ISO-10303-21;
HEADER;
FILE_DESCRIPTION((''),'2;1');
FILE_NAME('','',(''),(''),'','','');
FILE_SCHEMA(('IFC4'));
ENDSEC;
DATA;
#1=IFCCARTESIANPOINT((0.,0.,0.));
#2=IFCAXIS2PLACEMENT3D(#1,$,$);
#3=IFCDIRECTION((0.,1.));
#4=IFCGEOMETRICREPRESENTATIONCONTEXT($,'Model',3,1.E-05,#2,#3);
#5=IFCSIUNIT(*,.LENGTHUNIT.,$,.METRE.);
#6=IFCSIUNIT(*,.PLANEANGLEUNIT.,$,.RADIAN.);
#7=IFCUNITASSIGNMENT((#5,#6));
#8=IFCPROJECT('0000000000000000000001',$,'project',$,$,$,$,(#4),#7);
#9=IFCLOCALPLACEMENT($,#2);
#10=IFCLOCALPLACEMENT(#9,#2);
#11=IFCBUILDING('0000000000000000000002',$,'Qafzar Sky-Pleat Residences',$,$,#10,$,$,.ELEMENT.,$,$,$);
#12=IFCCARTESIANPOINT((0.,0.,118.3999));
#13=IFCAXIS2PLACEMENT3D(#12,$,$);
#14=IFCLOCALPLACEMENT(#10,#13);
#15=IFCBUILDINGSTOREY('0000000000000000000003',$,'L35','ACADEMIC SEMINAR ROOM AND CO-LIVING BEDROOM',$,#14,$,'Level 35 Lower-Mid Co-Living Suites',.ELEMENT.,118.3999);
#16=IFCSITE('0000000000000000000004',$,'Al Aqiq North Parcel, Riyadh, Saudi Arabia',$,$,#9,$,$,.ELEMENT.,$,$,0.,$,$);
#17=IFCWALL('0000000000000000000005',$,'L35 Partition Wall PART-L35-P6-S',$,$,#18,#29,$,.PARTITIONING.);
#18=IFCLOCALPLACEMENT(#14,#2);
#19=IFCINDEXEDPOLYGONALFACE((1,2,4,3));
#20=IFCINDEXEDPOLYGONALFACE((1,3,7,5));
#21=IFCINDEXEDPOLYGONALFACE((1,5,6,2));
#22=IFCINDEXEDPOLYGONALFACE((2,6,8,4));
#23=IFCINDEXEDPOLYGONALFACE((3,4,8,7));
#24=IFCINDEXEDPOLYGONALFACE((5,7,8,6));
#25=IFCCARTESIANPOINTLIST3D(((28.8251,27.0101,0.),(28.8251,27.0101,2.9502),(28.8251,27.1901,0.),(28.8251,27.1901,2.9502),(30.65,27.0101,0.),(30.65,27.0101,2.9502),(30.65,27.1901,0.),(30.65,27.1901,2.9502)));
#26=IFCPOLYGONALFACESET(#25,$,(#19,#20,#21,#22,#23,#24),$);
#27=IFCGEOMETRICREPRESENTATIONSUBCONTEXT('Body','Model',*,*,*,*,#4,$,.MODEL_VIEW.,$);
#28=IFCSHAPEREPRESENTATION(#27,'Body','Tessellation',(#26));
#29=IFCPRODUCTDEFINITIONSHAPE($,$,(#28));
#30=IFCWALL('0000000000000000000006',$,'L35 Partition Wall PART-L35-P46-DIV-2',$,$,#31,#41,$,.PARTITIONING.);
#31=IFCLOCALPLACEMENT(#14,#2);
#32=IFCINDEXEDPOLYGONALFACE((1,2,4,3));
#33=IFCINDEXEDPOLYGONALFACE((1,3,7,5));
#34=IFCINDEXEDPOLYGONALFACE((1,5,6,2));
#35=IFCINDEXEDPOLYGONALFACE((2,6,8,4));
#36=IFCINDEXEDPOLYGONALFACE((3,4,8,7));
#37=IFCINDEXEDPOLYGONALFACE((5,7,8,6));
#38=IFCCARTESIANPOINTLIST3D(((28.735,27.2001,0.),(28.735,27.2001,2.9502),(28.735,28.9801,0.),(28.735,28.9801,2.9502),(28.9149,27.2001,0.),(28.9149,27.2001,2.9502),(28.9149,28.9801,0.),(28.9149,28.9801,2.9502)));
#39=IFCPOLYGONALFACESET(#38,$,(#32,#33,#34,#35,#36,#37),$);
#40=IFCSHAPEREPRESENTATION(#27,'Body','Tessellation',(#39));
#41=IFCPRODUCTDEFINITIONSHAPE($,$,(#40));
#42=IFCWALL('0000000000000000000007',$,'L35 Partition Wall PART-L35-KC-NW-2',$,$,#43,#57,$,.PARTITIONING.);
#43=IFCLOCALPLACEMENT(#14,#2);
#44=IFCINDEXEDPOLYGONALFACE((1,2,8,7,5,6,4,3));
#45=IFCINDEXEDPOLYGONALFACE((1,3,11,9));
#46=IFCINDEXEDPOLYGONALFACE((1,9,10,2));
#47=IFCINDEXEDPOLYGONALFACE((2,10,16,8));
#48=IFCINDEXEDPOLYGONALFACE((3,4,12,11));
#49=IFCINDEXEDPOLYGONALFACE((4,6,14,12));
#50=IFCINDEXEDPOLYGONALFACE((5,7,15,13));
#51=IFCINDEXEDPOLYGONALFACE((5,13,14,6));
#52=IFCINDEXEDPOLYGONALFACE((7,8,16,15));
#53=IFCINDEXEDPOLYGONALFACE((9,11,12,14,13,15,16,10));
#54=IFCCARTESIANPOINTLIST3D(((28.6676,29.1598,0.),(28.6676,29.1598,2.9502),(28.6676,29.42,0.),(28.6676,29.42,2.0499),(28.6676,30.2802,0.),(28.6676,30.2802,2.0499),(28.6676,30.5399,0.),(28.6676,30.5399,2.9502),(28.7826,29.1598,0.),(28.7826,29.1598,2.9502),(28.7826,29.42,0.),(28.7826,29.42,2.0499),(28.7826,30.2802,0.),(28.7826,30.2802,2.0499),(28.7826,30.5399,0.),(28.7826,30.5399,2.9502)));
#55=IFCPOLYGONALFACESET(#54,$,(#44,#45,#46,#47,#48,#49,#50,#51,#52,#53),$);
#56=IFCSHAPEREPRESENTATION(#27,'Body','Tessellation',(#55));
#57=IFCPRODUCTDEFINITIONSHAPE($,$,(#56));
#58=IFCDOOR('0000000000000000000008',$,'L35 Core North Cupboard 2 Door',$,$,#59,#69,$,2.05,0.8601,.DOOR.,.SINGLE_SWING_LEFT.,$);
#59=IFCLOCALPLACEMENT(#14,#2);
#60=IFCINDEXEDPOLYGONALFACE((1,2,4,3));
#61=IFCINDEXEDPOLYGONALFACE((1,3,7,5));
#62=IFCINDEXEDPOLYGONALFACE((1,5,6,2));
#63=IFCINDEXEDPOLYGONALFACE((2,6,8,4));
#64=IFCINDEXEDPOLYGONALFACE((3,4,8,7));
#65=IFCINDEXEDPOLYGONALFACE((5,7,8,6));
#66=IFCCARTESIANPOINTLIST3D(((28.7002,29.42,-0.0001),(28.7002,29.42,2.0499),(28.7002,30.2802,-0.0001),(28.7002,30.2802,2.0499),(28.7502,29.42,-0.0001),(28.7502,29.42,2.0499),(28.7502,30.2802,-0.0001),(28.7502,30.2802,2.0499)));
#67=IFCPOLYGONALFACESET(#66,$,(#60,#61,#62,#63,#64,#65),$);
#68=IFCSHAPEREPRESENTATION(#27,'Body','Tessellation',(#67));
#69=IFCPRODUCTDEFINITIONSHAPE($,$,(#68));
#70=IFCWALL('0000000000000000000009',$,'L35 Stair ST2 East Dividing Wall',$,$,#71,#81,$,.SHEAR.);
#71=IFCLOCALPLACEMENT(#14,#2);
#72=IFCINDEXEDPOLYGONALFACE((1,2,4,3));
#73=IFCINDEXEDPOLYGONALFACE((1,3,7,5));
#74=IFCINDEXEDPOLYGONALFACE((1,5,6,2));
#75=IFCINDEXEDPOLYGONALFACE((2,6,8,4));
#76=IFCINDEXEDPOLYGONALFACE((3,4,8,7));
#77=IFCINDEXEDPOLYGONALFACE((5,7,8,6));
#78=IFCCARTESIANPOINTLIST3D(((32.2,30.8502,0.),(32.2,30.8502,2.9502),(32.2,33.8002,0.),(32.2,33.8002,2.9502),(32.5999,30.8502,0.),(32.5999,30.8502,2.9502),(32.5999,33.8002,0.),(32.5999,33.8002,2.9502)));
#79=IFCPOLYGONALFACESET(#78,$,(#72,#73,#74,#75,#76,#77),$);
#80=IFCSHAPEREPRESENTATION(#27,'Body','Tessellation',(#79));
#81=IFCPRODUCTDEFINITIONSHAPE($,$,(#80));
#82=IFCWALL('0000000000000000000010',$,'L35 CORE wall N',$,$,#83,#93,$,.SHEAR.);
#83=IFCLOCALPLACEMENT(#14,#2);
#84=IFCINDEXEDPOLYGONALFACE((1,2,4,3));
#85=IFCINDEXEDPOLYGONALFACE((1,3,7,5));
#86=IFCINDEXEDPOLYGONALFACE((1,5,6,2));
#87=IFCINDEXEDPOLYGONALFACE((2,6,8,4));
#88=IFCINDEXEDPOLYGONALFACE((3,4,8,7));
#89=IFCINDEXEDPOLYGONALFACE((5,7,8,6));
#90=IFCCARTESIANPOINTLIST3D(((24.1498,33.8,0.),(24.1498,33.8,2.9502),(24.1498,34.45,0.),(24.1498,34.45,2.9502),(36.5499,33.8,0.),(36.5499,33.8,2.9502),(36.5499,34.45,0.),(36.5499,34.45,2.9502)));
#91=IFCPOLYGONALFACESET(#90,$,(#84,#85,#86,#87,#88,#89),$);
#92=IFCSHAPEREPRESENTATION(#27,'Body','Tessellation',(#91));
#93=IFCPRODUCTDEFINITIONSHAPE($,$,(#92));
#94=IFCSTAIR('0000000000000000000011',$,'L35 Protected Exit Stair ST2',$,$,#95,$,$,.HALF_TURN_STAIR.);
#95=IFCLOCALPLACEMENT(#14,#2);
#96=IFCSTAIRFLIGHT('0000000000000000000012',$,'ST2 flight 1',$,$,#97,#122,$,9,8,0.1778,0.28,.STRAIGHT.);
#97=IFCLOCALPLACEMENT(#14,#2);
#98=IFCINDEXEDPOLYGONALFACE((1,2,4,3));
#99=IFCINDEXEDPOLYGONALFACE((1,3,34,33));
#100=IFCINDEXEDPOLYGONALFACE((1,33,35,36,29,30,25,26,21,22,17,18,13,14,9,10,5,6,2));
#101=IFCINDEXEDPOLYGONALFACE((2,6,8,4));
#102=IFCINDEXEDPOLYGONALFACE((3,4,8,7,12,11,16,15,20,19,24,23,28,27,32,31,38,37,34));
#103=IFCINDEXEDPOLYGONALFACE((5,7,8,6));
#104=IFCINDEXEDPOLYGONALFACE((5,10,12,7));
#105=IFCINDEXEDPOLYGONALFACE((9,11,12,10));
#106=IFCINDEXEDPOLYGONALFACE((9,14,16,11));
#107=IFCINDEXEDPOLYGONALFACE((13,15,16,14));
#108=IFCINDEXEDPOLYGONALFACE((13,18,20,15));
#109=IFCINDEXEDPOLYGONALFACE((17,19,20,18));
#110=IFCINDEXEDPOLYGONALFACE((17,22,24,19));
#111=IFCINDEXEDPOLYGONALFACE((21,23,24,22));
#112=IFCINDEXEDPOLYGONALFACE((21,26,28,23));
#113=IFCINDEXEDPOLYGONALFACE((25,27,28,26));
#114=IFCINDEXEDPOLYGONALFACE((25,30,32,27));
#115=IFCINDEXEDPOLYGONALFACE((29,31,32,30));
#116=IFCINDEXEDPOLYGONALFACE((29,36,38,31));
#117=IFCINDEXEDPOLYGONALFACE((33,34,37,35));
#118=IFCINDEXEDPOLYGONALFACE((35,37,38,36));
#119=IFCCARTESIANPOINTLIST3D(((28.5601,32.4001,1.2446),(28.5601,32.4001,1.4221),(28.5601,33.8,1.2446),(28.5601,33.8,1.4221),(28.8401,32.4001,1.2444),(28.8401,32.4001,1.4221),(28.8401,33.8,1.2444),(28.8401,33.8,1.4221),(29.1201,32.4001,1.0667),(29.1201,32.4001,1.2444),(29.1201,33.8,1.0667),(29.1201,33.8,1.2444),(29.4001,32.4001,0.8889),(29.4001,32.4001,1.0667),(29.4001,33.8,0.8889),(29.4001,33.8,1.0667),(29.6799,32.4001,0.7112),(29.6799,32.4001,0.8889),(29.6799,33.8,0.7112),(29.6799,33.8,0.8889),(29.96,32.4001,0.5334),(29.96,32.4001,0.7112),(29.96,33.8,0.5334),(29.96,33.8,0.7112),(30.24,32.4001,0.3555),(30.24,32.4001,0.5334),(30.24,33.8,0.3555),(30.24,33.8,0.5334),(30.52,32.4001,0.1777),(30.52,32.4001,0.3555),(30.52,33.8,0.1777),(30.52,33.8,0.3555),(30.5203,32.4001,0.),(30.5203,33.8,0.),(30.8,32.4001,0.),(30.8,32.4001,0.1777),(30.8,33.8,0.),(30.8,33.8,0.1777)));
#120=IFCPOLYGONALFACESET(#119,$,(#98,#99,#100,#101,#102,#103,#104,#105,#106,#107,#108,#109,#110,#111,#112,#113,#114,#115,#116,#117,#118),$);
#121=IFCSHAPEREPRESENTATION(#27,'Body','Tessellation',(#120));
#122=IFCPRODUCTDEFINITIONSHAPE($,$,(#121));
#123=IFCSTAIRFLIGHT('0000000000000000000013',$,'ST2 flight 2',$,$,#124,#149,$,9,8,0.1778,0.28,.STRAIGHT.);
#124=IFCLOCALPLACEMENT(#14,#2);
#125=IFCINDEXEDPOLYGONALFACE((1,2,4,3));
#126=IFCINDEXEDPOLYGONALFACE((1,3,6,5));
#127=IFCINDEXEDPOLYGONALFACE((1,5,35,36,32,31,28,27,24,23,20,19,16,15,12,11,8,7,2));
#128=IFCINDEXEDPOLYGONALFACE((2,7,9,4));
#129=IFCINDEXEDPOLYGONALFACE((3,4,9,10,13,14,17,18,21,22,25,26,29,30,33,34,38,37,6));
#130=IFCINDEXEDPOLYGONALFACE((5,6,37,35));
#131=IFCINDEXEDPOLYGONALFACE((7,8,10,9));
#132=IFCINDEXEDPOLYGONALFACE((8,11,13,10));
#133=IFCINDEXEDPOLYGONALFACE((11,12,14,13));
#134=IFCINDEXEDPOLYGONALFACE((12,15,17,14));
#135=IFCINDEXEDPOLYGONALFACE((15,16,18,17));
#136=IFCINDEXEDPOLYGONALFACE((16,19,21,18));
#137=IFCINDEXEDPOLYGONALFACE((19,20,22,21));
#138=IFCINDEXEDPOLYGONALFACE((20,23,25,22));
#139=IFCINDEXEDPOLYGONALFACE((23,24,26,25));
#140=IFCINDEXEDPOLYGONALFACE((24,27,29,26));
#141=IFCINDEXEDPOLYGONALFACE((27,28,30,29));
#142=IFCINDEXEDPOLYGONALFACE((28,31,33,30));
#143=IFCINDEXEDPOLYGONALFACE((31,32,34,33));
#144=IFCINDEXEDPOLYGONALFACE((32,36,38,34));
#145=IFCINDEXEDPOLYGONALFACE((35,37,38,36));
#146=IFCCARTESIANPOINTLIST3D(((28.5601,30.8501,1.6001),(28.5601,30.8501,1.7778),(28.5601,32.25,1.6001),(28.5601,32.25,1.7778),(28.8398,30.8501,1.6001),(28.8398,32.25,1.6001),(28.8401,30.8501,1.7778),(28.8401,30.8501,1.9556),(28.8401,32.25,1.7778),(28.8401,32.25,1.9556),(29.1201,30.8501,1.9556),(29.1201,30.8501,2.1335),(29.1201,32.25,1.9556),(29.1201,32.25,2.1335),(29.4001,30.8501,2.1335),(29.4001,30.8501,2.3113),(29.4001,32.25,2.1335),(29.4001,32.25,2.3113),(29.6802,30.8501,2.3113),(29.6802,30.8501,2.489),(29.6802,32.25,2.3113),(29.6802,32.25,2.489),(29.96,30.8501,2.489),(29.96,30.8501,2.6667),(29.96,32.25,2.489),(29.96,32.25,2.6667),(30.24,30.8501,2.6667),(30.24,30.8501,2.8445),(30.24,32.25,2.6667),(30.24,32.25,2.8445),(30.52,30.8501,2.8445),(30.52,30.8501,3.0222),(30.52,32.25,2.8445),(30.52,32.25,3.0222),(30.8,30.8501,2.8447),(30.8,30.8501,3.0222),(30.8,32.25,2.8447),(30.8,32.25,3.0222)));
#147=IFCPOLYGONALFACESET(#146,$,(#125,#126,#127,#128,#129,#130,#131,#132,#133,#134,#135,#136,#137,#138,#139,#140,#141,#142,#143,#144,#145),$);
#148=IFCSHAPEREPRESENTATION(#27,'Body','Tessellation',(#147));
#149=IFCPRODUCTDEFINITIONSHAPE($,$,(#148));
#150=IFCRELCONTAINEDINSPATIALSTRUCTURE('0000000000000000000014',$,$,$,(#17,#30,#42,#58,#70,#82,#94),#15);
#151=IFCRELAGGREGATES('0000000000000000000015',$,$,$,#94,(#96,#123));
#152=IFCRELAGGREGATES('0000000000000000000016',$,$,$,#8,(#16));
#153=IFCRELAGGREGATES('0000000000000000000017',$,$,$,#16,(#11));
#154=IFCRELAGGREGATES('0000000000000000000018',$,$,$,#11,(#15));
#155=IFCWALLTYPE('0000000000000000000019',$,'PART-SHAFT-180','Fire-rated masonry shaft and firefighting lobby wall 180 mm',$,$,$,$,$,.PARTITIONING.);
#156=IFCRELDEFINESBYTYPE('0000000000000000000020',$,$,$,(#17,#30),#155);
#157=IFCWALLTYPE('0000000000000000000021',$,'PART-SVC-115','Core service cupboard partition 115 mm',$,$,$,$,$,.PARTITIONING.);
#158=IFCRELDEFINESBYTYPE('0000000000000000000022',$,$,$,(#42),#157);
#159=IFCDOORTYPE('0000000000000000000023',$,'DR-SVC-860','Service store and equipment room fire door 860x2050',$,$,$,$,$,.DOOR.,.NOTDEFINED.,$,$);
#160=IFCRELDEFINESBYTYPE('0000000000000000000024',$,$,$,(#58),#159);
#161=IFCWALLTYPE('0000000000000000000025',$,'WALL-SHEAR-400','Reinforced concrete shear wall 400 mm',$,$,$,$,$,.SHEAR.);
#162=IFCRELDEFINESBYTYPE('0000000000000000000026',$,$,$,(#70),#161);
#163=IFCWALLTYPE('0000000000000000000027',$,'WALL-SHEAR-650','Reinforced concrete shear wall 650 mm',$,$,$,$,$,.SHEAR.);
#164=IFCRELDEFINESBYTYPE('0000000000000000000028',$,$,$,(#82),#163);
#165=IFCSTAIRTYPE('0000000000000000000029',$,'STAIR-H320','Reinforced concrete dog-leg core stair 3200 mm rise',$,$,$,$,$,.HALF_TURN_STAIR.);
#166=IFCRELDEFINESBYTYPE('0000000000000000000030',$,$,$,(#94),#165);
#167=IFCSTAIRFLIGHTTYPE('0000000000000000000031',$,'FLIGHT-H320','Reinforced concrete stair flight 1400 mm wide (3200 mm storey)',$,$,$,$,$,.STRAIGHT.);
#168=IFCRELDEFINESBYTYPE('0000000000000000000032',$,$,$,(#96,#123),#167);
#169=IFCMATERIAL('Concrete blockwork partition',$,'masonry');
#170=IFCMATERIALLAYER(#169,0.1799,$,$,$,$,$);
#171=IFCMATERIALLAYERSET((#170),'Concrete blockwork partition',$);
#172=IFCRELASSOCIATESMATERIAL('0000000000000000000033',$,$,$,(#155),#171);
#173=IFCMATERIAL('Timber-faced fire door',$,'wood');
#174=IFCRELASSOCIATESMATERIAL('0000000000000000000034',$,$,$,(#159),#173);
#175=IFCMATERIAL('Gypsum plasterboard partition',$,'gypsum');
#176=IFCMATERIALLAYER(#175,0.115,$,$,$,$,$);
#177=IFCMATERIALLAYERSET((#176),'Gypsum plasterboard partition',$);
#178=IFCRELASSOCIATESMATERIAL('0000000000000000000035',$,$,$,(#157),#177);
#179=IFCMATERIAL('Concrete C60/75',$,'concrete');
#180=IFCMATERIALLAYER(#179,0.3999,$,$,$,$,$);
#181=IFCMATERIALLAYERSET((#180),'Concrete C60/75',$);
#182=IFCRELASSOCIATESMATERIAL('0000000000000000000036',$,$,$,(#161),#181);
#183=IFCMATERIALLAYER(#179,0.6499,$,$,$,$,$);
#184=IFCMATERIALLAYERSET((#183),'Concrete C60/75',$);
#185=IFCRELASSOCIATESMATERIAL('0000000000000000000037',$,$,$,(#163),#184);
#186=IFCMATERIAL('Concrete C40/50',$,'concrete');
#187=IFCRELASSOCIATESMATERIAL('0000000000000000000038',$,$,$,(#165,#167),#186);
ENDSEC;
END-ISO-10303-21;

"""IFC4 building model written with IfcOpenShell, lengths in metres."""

from ifc_helpers import new_model, si_unit, direction, frame, frame_2d, origin, place, context, subcontext, project, spatial, polyline, rectangle, outline, extrude, source, transform, mapped, material, layer, layer_set, type_object, element, fill, aggregate, save


model = new_model("IFC4")

# Units and contexts
model_context = context("Model", 3, precision=1e-05, world=origin(), true_north=direction((0.0, 1.0)))
body_context = subcontext(model_context, "Body", "Model", "MODEL_VIEW")
ifc_project = project(units=[si_unit("LENGTHUNIT", "METRE"), si_unit("PLANEANGLEUNIT", "RADIAN")], contexts=[model_context])

# Site, building, storey
site_placement = place(None, origin())
site = spatial("IfcSite", under=ifc_project, at=site_placement, Name="Al Aqiq North Parcel, Riyadh, Saudi Arabia", CompositionType="ELEMENT", RefElevation=0.0)
building_placement = place(site_placement, origin())
building = spatial("IfcBuilding", under=site, at=building_placement, Name="Qafzar Sky-Pleat Residences", CompositionType="ELEMENT")
storey_placement = place(building_placement, frame((0.0, 0.0, 118.3999)))
storey = spatial("IfcBuildingStorey", under=building, at=storey_placement, Name="L35", Description="ACADEMIC SEMINAR ROOM AND CO-LIVING BEDROOM", LongName="Level 35 Lower-Mid Co-Living Suites", CompositionType="ELEMENT", Elevation=118.3999)

# Shared definitions
ifc_material_1 = material(Name="Timber-faced fire door", Category="wood")
ifc_material_2 = material(Name="Concrete blockwork partition", Category="masonry")
ifc_layer_1 = layer(ifc_material_2, 0.1799)
ifc_layer_set_1 = layer_set([ifc_layer_1], Name="Concrete blockwork partition")
wall_type_1 = type_object("IfcWallType", Name="PART-SHAFT-180", Description="Fire-rated masonry shaft and firefighting lobby wall 180 mm", PredefinedType="PARTITIONING", material=ifc_layer_set_1)
door_type_1 = type_object("IfcDoorType", Name="DR-SVC-860", Description="Service store and equipment room fire door 860x2050", OperationType="NOTDEFINED", PredefinedType="DOOR", material=ifc_material_1)
shared_shape_1 = source(origin(), body_context, "Body", "SweptSolid", [
    extrude(rectangle(XDim=0.8601, YDim=2.05, at=frame_2d((0.4302, 1.0249))), frame((0.0, 0.0249, 0.0), z_axis=(0.0, -1.0, 0.0), x_axis=(1.0, 0.0, 0.0)), (0.0, 0.0, 1.0), 0.05),
])

# Walls
wall_1_placement = place(storey_placement, frame((28.825, 27.1001, 0.0), z_axis=(0.0, 0.0, 1.0), x_axis=(1.0, 0.0, 0.0)))
element("IfcWall", 1, at=wall_1_placement, inside=storey, type_object=wall_type_1, Name="L35 Partition Wall PART-L35-P6-S", PredefinedType="PARTITIONING", context=body_context, shape_type="SweptSolid", body=[
    extrude(rectangle(XDim=1.825, YDim=0.1799, at=frame_2d((0.9126, 0.0))), origin(), (0.0, 0.0, 1.0), 2.9502),
])
wall_2_placement = place(storey_placement, frame((28.825, 27.2, 0.0), z_axis=(0.0, 0.0, 1.0), x_axis=(0.0, 1.0, 0.0)))
element("IfcWall", 2, at=wall_2_placement, inside=storey, type_object=wall_type_1, Name="L35 Partition Wall PART-L35-P46-DIV-2", PredefinedType="PARTITIONING", context=body_context, shape_type="SweptSolid", body=[
    extrude(rectangle(XDim=1.78, YDim=0.1799, at=frame_2d((0.8901, 0.0))), origin(), (0.0, 0.0, 1.0), 2.9502),
])

# Wall, opening, door
ifc_material_3 = material(Name="Gypsum plasterboard partition", Category="gypsum")
ifc_layer_2 = layer(ifc_material_3, 0.115)
ifc_layer_set_2 = layer_set([ifc_layer_2], Name="Gypsum plasterboard partition")
wall_type_2 = type_object("IfcWallType", Name="PART-SVC-115", Description="Core service cupboard partition 115 mm", PredefinedType="PARTITIONING", material=ifc_layer_set_2)
wall_3_placement = place(storey_placement, frame((28.7251, 29.1599, 0.0), z_axis=(0.0, 0.0, 1.0), x_axis=(0.0, 1.0, 0.0)))
wall_3 = element("IfcWall", 3, at=wall_3_placement, inside=storey, type_object=wall_type_2, Name="L35 Partition Wall PART-L35-KC-NW-2", PredefinedType="PARTITIONING", context=body_context, shape_type="SweptSolid", body=[
    extrude(rectangle(XDim=1.3801, YDim=0.115, at=frame_2d((0.6899, 0.0))), origin(), (0.0, 0.0, 1.0), 2.9502),
])
opening_1_placement = place(wall_3_placement, frame((0.26, 0.0, 0.0)))
opening_1 = element("IfcOpeningElement", 4, at=opening_1_placement, cuts=wall_3, PredefinedType="OPENING", context=body_context, shape_type="SweptSolid", body=[
    extrude(rectangle(XDim=0.8601, YDim=2.05, at=frame_2d((0.4302, 1.0249))), frame((0.0, 0.0674, 0.0), z_axis=(0.0, -1.0, 0.0), x_axis=(1.0, 0.0, 0.0)), (0.0, 0.0, 1.0), 0.135),
])
door_1_placement = place(opening_1_placement, origin())
door_1 = element("IfcDoor", 5, at=door_1_placement, inside=storey, type_object=door_type_1, Name="L35 Core North Cupboard 2 Door", OperationType="SINGLE_SWING_LEFT", OverallHeight=2.05, OverallWidth=0.8601, PredefinedType="DOOR", context=body_context, shape_type="MappedRepresentation", body=[
    mapped(shared_shape_1, transform((0.0, 0.0, 0.0), x_axis=(1.0, 0.0, 0.0), y_axis=(0.0, 1.0, 0.0), z_axis=(0.0, 0.0, 1.0), scale=1.0)),
])
fill(opening_1, door_1)

# Walls
ifc_material_4 = material(Name="Concrete C60/75", Category="concrete")
ifc_layer_3 = layer(ifc_material_4, 0.3999)
ifc_layer_set_3 = layer_set([ifc_layer_3], Name="Concrete C60/75")
wall_type_3 = type_object("IfcWallType", Name="WALL-SHEAR-400", Description="Reinforced concrete shear wall 400 mm", PredefinedType="SHEAR", material=ifc_layer_set_3)
wall_4_placement = place(storey_placement, frame((32.3999, 30.8501, 0.0), z_axis=(0.0, 0.0, 1.0), x_axis=(0.0, 1.0, 0.0)))
element("IfcWall", 6, at=wall_4_placement, inside=storey, type_object=wall_type_3, Name="L35 Stair ST2 East Dividing Wall", PredefinedType="SHEAR", context=body_context, shape_type="SweptSolid", body=[
    extrude(rectangle(XDim=2.95, YDim=0.3999, at=frame_2d((1.4751, 0.0))), origin(), (0.0, 0.0, 1.0), 2.9502),
])
ifc_layer_4 = layer(ifc_material_4, 0.6499)
ifc_layer_set_4 = layer_set([ifc_layer_4], Name="Concrete C60/75")
wall_type_4 = type_object("IfcWallType", Name="WALL-SHEAR-650", Description="Reinforced concrete shear wall 650 mm", PredefinedType="SHEAR", material=ifc_layer_set_4)
wall_5_placement = place(storey_placement, frame((36.55, 34.125, 0.0), z_axis=(0.0, 0.0, 1.0), x_axis=(-1.0, 0.0, 0.0)))
element("IfcWall", 7, at=wall_5_placement, inside=storey, type_object=wall_type_4, Name="L35 CORE wall N", PredefinedType="SHEAR", context=body_context, shape_type="SweptSolid", body=[
    extrude(rectangle(XDim=12.4001, YDim=0.6499, at=frame_2d((6.2002, 0.0))), origin(), (0.0, 0.0, 1.0), 2.9502),
])

# Stair, stair flights
ifc_material_5 = material(Name="Concrete C40/50", Category="concrete")
stair_type = type_object("IfcStairType", Name="STAIR-H320", Description="Reinforced concrete dog-leg core stair 3200 mm rise", PredefinedType="HALF_TURN_STAIR", material=ifc_material_5)
stair_placement = place(storey_placement, origin())
stair = element("IfcStair", 8, at=stair_placement, inside=storey, type_object=stair_type, Name="L35 Protected Exit Stair ST2", PredefinedType="HALF_TURN_STAIR")
stair_flight_type = type_object("IfcStairFlightType", Name="FLIGHT-H320", Description="Reinforced concrete stair flight 1400 mm wide (3200 mm storey)", PredefinedType="STRAIGHT", material=ifc_material_5)
shared_shape_2 = source(origin(), body_context, "Body", "SweptSolid", [
    extrude(outline(polyline([(0.0, 0.0), (0.0, 0.1777), (0.28, 0.1777), (0.28, 0.3555), (0.5601, 0.3555), (0.5601, 0.5334), (0.8401, 0.5334), (0.8401, 0.7112), (1.1201, 0.7112), (1.1201, 0.8889), (1.3999, 0.8889), (1.3999, 1.0667), (1.6799, 1.0667), (1.6799, 1.2444), (1.96, 1.2444), (1.96, 1.4221), (2.24, 1.4221), (2.24, 1.6001), (2.24, 1.2446), (0.2798, 0.0), (0.0, 0.0)])), frame((0.0, 0.7, 0.0), z_axis=(0.0, -1.0, 0.0), x_axis=(1.0, 0.0, 0.0)), (0.0, 0.0, 1.0), 1.3999),
])
stair_flight_1_placement = place(storey_placement, frame((30.8, 33.1001, 0.0), z_axis=(0.0, 0.0, 1.0), x_axis=(-1.0, 0.0, 0.0)))
stair_flight_1 = element("IfcStairFlight", 9, at=stair_flight_1_placement, type_object=stair_flight_type, Name="ST2 flight 1", NumberOfRisers=9, NumberOfTreads=8, PredefinedType="STRAIGHT", RiserHeight=0.1778, TreadLength=0.28, context=body_context, shape_type="MappedRepresentation", body=[
    mapped(shared_shape_2, transform((0.0, 0.0, 0.0), x_axis=(1.0, 0.0, 0.0), y_axis=(0.0, 1.0, 0.0), z_axis=(0.0, 0.0, 1.0), scale=1.0)),
])
stair_flight_2_placement = place(storey_placement, frame((28.5601, 31.55, 1.6001), z_axis=(0.0, 0.0, 1.0), x_axis=(1.0, 0.0, 0.0)))
stair_flight_2 = element("IfcStairFlight", 10, at=stair_flight_2_placement, type_object=stair_flight_type, Name="ST2 flight 2", NumberOfRisers=9, NumberOfTreads=8, PredefinedType="STRAIGHT", RiserHeight=0.1778, TreadLength=0.28, context=body_context, shape_type="MappedRepresentation", body=[
    mapped(shared_shape_2, transform((0.0, 0.0, 0.0), x_axis=(1.0, 0.0, 0.0), y_axis=(0.0, 1.0, 0.0), z_axis=(0.0, 0.0, 1.0), scale=1.0)),
])
aggregate(stair, [stair_flight_1, stair_flight_2])

save(model, "model.ifc")
